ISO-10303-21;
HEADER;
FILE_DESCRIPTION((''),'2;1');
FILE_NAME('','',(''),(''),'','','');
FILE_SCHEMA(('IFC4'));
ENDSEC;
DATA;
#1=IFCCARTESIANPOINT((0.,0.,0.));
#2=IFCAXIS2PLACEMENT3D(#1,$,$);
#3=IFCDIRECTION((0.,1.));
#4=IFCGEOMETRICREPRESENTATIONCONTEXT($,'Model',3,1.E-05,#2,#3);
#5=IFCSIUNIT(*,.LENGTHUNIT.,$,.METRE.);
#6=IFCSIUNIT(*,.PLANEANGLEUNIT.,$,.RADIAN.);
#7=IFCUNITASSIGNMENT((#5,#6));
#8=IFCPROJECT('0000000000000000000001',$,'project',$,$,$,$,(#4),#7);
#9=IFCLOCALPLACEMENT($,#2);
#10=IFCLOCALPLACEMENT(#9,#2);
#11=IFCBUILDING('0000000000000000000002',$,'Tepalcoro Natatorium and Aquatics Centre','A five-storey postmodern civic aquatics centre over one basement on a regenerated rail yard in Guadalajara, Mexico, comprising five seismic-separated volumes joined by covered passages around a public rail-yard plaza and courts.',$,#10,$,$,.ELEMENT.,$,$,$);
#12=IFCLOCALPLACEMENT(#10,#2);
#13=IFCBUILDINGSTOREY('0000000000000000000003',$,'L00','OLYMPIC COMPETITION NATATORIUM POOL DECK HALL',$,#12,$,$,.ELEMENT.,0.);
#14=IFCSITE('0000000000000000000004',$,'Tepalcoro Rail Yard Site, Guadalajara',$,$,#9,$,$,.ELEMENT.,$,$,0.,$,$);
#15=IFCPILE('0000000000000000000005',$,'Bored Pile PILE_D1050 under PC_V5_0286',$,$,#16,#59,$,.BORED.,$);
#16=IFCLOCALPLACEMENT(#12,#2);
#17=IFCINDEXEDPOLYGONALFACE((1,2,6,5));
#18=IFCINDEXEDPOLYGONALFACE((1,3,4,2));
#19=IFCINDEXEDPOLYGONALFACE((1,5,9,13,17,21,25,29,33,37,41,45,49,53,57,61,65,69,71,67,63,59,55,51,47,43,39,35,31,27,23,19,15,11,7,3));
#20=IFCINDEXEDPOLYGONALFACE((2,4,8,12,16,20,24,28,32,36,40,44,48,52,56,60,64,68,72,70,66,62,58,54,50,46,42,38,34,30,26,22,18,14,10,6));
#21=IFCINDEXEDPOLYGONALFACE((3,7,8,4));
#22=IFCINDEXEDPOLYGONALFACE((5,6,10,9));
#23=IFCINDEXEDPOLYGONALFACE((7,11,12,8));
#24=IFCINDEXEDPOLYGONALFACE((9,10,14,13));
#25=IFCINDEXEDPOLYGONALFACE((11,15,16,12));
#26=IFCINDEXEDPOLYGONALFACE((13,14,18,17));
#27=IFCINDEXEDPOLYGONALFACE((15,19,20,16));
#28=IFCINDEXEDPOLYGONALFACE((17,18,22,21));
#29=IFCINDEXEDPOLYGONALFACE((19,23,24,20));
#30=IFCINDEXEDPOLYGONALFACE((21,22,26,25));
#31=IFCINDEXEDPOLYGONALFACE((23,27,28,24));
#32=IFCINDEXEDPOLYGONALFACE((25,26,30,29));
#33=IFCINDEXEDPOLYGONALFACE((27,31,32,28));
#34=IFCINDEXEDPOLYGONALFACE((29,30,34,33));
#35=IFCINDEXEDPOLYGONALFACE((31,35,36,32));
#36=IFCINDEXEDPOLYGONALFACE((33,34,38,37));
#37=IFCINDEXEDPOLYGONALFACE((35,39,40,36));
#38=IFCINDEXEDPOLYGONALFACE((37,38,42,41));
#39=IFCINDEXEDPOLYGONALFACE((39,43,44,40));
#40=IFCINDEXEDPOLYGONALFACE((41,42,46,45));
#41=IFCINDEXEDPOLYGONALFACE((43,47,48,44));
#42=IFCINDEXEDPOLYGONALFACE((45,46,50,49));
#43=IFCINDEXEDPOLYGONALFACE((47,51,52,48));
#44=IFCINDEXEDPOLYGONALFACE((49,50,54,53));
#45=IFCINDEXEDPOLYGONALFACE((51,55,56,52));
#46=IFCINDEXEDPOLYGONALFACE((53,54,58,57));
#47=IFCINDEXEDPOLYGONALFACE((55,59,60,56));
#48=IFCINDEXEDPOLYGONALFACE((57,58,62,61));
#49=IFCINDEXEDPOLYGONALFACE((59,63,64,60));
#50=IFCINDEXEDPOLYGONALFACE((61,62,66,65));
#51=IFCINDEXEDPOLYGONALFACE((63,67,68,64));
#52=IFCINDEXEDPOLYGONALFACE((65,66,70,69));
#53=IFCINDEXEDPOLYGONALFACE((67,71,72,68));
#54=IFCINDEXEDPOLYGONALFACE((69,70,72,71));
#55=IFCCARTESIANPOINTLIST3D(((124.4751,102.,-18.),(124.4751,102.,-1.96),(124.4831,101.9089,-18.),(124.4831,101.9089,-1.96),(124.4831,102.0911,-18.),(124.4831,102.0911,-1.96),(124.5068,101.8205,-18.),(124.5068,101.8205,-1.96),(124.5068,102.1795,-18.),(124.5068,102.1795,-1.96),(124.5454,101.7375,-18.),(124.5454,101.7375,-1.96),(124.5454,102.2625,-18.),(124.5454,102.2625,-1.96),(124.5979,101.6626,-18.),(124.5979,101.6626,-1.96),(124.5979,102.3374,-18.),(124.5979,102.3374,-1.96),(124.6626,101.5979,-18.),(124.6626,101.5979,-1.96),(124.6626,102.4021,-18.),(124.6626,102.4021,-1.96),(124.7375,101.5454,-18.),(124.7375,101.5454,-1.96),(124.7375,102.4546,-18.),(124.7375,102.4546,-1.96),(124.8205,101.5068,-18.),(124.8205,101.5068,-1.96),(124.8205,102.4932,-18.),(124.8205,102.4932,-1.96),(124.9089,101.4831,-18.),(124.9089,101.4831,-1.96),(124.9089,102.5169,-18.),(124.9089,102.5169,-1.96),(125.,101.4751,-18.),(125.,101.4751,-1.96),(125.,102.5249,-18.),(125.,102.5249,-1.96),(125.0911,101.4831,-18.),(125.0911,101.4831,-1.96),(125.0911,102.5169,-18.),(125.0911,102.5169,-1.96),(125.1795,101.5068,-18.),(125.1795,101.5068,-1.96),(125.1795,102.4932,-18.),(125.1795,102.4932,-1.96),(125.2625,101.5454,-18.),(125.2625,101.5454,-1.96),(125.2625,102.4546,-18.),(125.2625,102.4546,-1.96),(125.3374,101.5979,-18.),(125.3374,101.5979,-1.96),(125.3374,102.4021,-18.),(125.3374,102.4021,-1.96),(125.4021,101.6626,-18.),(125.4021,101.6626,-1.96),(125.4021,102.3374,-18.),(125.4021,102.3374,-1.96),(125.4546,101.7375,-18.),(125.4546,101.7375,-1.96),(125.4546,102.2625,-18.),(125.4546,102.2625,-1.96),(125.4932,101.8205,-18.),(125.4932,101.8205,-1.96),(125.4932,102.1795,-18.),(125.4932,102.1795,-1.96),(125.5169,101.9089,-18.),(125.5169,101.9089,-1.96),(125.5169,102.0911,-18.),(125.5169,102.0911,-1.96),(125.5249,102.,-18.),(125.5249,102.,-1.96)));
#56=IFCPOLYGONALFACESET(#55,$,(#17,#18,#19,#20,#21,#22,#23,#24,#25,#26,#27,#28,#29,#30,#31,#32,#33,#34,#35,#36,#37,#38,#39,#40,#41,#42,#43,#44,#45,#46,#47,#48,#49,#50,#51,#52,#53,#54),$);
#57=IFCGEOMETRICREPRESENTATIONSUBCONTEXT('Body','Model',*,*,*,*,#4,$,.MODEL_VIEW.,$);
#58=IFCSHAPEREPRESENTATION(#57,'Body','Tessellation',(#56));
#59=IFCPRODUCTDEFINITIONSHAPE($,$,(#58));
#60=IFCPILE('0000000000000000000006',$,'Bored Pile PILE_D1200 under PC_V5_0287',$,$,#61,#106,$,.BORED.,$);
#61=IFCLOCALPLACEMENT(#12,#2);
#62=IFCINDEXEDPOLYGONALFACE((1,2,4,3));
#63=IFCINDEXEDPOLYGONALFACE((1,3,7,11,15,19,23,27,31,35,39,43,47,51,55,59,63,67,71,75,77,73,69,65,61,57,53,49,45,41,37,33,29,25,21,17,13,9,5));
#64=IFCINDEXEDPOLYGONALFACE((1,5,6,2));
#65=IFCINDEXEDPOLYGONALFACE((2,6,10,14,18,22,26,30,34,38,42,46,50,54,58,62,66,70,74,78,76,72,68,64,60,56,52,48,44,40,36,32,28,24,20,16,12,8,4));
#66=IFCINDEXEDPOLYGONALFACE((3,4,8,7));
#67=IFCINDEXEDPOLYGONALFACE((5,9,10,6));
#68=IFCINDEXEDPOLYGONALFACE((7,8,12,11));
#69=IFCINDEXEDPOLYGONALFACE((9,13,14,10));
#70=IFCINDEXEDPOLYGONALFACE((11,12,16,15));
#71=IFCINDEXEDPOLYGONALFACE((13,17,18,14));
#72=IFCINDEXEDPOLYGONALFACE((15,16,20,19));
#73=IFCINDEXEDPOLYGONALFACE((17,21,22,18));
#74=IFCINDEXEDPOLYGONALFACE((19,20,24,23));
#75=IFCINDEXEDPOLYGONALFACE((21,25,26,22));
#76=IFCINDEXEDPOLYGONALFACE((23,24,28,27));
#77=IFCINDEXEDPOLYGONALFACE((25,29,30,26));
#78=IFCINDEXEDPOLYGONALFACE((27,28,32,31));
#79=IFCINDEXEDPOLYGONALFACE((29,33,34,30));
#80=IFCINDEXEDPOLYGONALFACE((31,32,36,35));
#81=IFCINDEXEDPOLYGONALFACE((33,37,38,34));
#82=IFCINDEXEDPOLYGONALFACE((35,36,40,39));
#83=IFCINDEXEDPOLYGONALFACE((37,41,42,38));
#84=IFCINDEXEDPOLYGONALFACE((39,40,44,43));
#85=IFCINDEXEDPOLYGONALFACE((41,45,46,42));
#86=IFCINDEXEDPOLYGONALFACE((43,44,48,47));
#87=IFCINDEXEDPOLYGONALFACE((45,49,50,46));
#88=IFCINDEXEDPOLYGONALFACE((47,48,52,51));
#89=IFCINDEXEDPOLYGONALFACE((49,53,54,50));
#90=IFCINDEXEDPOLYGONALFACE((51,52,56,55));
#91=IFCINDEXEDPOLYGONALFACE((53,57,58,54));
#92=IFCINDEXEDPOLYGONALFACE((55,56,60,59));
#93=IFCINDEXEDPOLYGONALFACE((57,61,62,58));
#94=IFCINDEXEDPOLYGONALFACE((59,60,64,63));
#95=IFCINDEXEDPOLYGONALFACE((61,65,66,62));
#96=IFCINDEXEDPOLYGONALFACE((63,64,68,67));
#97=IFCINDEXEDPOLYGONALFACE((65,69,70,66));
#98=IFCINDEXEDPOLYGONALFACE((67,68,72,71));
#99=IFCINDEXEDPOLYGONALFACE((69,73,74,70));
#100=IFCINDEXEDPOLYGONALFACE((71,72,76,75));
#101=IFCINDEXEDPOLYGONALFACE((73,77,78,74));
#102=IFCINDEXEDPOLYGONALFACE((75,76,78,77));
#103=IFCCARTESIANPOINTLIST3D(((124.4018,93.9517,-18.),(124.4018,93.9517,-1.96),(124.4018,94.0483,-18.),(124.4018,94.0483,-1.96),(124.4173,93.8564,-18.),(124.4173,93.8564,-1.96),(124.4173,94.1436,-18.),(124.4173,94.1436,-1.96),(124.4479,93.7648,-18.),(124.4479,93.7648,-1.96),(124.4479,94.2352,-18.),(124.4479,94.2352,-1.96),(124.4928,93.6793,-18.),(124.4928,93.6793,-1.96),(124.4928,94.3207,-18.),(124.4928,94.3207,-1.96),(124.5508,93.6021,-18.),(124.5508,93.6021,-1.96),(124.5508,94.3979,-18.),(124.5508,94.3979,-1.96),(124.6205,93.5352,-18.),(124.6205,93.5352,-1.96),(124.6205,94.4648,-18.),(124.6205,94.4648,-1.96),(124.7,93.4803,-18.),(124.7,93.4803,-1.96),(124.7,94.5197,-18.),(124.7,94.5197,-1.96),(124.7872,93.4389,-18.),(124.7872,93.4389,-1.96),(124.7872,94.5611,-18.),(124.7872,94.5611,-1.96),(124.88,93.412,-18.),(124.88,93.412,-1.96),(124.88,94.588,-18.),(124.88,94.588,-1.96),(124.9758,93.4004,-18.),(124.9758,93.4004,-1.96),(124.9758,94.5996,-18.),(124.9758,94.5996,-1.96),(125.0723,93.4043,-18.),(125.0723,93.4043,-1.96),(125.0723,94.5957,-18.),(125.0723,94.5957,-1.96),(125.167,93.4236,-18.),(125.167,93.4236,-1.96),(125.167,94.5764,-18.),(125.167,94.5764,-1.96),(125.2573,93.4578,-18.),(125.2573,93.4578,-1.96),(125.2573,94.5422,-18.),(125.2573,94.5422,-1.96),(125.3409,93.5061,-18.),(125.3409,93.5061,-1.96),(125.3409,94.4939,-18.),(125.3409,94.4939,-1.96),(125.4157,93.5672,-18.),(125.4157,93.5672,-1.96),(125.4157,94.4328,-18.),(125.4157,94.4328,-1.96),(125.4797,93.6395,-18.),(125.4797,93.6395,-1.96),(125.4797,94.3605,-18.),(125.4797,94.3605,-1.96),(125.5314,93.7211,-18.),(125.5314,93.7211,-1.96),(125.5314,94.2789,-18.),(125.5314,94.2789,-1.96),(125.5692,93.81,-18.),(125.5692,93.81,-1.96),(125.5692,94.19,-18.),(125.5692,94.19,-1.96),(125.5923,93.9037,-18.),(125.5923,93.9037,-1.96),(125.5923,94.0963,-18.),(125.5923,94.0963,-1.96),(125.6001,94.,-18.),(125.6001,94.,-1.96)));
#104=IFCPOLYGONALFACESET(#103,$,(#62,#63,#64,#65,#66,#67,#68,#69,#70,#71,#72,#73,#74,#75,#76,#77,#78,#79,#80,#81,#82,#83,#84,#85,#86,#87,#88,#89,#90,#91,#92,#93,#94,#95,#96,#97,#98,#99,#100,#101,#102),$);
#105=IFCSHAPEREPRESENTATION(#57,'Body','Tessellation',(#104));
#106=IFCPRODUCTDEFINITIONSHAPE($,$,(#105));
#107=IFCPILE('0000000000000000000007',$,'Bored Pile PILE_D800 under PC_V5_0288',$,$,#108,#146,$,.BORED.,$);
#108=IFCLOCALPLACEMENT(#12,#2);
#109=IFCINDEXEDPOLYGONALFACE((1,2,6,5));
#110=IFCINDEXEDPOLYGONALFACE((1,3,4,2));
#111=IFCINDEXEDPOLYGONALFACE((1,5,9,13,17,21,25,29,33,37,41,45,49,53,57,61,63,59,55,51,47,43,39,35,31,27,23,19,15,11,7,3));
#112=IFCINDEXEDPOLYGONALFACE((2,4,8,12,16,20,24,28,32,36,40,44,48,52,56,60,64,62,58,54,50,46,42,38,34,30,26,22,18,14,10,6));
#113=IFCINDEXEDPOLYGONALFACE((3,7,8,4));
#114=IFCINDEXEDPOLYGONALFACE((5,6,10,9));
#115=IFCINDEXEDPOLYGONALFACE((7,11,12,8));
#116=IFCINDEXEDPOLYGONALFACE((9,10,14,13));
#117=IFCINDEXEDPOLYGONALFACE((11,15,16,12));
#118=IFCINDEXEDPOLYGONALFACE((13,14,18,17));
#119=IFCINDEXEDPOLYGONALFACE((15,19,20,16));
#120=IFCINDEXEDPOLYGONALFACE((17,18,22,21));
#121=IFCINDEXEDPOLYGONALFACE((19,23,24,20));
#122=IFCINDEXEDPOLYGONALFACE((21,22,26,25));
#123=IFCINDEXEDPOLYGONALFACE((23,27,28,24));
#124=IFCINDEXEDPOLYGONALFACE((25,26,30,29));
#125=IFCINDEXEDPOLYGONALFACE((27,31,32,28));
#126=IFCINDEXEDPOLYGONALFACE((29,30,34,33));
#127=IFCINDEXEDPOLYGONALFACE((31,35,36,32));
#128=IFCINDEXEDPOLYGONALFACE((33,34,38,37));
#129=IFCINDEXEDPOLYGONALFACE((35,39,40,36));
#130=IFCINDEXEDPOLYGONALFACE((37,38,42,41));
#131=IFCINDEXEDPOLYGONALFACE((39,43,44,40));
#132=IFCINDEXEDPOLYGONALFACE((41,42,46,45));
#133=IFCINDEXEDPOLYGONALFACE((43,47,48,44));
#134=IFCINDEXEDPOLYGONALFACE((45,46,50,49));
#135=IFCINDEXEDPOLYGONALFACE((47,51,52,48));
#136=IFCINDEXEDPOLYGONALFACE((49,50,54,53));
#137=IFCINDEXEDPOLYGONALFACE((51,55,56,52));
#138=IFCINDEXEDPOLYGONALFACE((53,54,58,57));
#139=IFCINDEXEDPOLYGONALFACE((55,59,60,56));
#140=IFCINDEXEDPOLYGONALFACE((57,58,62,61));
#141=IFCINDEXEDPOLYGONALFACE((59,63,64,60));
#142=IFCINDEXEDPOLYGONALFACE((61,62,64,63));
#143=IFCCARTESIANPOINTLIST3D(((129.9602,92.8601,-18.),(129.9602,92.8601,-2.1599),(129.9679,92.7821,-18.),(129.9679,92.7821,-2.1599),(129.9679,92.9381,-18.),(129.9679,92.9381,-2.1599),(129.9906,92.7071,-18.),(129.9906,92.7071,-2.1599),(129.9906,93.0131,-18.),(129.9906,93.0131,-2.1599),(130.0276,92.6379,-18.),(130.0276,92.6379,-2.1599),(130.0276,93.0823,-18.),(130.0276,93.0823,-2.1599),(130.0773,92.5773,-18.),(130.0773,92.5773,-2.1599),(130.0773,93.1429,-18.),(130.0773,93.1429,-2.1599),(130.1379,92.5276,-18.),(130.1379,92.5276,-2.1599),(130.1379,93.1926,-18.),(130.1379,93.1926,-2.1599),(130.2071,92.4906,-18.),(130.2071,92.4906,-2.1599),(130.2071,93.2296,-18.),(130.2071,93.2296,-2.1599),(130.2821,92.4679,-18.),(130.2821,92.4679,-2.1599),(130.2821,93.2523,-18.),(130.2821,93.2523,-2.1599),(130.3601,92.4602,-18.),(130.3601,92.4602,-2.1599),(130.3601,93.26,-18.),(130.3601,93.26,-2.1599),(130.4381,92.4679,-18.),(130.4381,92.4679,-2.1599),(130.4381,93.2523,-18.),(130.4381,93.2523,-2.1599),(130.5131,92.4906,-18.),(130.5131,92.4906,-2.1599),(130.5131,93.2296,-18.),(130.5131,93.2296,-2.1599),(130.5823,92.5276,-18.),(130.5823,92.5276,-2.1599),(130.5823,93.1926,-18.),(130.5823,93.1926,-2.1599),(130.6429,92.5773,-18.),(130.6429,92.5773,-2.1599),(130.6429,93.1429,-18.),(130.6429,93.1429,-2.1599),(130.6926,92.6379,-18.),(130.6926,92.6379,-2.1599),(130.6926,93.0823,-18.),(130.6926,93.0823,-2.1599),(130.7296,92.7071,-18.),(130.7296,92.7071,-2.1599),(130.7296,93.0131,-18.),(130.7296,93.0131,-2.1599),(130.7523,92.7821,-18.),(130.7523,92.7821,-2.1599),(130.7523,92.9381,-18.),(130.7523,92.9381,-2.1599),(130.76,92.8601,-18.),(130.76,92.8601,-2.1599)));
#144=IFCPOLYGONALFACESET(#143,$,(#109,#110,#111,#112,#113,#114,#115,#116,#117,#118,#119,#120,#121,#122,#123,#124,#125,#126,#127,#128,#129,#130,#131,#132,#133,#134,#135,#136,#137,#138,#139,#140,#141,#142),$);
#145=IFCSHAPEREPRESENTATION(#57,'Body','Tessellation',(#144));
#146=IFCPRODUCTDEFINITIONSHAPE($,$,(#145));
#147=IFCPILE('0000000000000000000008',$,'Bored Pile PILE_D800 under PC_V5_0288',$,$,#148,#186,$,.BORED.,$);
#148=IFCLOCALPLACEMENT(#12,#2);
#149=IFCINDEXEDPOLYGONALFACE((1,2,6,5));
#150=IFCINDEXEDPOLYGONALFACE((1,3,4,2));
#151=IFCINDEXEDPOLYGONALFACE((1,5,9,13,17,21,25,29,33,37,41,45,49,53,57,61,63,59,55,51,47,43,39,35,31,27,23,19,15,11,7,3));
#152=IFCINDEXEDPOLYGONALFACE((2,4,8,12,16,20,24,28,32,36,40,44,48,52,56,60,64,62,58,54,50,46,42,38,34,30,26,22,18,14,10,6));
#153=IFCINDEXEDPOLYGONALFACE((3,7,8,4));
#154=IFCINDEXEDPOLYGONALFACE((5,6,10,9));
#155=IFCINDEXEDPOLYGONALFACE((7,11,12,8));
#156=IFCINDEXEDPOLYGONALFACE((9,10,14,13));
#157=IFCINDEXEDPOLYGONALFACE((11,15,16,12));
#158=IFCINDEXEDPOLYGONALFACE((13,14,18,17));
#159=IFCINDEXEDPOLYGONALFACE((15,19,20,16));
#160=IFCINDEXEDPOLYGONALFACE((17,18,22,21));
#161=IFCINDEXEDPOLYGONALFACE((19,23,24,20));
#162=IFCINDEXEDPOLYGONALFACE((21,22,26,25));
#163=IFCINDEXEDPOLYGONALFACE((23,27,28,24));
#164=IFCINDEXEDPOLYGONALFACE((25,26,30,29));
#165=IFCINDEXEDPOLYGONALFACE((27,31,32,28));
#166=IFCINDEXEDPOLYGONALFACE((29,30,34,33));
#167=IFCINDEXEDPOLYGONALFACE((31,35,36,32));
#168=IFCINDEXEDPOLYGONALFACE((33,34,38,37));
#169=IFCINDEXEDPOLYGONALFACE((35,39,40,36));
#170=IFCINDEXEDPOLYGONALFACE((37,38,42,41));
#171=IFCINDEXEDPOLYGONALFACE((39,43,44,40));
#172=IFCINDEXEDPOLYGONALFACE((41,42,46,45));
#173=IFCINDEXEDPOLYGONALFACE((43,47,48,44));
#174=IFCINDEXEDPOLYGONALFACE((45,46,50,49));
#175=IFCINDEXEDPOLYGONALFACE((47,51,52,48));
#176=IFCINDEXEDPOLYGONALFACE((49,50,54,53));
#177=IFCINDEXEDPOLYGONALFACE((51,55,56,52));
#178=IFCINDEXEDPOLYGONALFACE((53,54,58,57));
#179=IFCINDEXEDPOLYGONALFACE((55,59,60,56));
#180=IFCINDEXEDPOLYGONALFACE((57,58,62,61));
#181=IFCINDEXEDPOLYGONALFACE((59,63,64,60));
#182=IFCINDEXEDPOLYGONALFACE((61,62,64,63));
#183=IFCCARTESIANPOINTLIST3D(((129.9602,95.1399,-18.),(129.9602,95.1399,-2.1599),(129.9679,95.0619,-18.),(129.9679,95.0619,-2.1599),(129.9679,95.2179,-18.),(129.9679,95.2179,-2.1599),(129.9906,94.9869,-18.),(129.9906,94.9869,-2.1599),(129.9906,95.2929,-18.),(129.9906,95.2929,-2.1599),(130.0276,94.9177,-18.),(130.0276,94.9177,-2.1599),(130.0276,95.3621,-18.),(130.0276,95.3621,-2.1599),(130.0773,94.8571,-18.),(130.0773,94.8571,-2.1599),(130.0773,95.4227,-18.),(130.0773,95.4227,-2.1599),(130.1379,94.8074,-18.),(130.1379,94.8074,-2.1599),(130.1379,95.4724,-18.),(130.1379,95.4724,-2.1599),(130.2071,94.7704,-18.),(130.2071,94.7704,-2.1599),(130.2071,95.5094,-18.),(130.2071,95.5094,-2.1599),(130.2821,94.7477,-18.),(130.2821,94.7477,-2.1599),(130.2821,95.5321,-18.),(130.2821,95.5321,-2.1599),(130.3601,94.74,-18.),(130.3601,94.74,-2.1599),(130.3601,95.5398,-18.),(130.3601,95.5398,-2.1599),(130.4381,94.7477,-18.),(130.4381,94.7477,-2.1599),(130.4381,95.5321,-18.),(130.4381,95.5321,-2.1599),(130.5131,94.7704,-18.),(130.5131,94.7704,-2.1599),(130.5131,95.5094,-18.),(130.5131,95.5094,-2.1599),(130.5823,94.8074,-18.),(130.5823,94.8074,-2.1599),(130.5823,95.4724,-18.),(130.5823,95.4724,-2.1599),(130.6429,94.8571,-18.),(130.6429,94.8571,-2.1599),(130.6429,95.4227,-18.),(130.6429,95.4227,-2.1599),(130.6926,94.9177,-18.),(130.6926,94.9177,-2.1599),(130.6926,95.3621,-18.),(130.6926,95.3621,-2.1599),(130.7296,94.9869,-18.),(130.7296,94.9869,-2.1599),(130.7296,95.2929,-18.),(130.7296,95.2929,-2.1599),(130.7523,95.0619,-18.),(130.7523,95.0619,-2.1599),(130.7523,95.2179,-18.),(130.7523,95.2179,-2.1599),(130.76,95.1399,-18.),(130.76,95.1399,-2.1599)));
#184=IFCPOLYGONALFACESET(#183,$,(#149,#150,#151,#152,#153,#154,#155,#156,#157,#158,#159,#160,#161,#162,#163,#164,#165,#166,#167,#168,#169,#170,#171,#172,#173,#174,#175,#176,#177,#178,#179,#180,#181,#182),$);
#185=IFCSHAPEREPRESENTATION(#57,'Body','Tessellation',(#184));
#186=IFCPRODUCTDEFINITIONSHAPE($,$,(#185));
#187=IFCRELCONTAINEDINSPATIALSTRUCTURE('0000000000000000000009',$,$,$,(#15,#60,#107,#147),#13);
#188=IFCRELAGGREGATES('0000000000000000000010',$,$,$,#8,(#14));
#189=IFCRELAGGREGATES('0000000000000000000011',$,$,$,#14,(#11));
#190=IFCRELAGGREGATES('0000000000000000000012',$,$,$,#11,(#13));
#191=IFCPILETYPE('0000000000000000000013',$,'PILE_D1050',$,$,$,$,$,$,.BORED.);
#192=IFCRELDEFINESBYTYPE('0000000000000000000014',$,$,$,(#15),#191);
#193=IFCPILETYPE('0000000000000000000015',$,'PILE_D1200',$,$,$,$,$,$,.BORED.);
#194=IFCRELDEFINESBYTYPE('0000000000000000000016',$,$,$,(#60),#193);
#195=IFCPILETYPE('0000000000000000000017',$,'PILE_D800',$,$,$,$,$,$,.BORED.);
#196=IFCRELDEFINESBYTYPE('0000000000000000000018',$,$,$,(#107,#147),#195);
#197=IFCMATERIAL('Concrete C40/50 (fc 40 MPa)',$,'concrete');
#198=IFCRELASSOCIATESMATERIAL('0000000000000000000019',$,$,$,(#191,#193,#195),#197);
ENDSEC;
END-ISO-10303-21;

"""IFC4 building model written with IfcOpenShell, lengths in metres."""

from ifc_helpers import new_model, si_unit, direction, frame, origin, origin_2d, place, context, subcontext, project, spatial, circle, extrude, material, material_profile, profile_set, type_object, element, save


model = new_model("IFC4")

# Units and contexts
model_context = context("Model", 3, precision=1e-05, world=origin(), true_north=direction((0.0, 1.0)))
body_context = subcontext(model_context, "Body", "Model", "MODEL_VIEW")
ifc_project = project(units=[si_unit("LENGTHUNIT", "METRE"), si_unit("PLANEANGLEUNIT", "RADIAN")], contexts=[model_context])

# Site, building, storey
site_placement = place(None, origin())
site = spatial("IfcSite", under=ifc_project, at=site_placement, Name="Tepalcoro Rail Yard Site, Guadalajara", CompositionType="ELEMENT", RefElevation=0.0)
building_placement = place(site_placement, origin())
building = spatial("IfcBuilding", under=site, at=building_placement, Name="Tepalcoro Natatorium and Aquatics Centre", Description="A five-storey postmodern civic aquatics centre over one basement on a regenerated rail yard in Guadalajara, Mexico, comprising five seismic-separated volumes joined by covered passages around a public rail-yard plaza and courts.", CompositionType="ELEMENT")
storey_placement = place(building_placement, origin())
storey = spatial("IfcBuildingStorey", under=building, at=storey_placement, Name="L00", Description="OLYMPIC COMPETITION NATATORIUM POOL DECK HALL", CompositionType="ELEMENT", Elevation=0.0)

# Piles
ifc_material_1 = material(Name="Concrete C40/50 (fc 40 MPa)", Category="concrete")
ifc_material_profile_1 = material_profile(ifc_material_1, circle(Radius=0.5249, at=origin_2d()), Name="PILE_D1050")
ifc_profile_set_1 = profile_set([ifc_material_profile_1], Name="Concrete C40/50 (fc 40 MPa)")
pile_type_1 = type_object("IfcPileType", Name="PILE_D1050", PredefinedType="BORED", material=ifc_profile_set_1)
pile_1_placement = place(storey_placement, frame((125.0, 102.0, -1.96), z_axis=(0.0, 0.0, -1.0), x_axis=(1.0, 0.0, 0.0)))
element("IfcPile", 1, at=pile_1_placement, inside=storey, type_object=pile_type_1, Name="Bored Pile PILE_D1050 under PC_V5_0286", PredefinedType="BORED", context=body_context, shape_type="SweptSolid", body=[
    extrude(circle(Radius=0.5249, at=origin_2d()), origin(), (0.0, 0.0, 1.0), 16.04),
])
ifc_material_profile_2 = material_profile(ifc_material_1, circle(Radius=0.6001, at=origin_2d()), Name="PILE_D1200")
ifc_profile_set_2 = profile_set([ifc_material_profile_2], Name="Concrete C40/50 (fc 40 MPa)")
pile_type_2 = type_object("IfcPileType", Name="PILE_D1200", PredefinedType="BORED", material=ifc_profile_set_2)
pile_2_placement = place(storey_placement, frame((125.0, 94.0, -1.96), z_axis=(0.0, 0.0, -1.0), x_axis=(1.0, 0.0, 0.0)))
element("IfcPile", 2, at=pile_2_placement, inside=storey, type_object=pile_type_2, Name="Bored Pile PILE_D1200 under PC_V5_0287", PredefinedType="BORED", context=body_context, shape_type="SweptSolid", body=[
    extrude(circle(Radius=0.6001, at=origin_2d()), origin(), (0.0, 0.0, 1.0), 16.04),
])
ifc_material_profile_3 = material_profile(ifc_material_1, circle(Radius=0.3999, at=origin_2d()), Name="PILE_D800")
ifc_profile_set_3 = profile_set([ifc_material_profile_3], Name="Concrete C40/50 (fc 40 MPa)")
pile_type_3 = type_object("IfcPileType", Name="PILE_D800", PredefinedType="BORED", material=ifc_profile_set_3)
for number, where, z_axis, x_axis, name in (
    (3, (130.3601, 92.8601, -2.1599), (0.0, 0.0, -1.0), (1.0, 0.0, 0.0), "Bored Pile PILE_D800 under PC_V5_0288"),
    (4, (130.3601, 95.1399, -2.1599), (0.0, 0.0, -1.0), (1.0, 0.0, 0.0), "Bored Pile PILE_D800 under PC_V5_0288"),
):
    element("IfcPile", number, at=place(storey_placement, frame(where, z_axis=z_axis, x_axis=x_axis)), inside=storey, type_object=pile_type_3, Name=name, PredefinedType="BORED", context=body_context, shape_type="SweptSolid", body=[
        extrude(circle(Radius=0.3999, at=origin_2d()), origin(), (0.0, 0.0, 1.0), 15.8401),
    ])

save(model, "model.ifc")
